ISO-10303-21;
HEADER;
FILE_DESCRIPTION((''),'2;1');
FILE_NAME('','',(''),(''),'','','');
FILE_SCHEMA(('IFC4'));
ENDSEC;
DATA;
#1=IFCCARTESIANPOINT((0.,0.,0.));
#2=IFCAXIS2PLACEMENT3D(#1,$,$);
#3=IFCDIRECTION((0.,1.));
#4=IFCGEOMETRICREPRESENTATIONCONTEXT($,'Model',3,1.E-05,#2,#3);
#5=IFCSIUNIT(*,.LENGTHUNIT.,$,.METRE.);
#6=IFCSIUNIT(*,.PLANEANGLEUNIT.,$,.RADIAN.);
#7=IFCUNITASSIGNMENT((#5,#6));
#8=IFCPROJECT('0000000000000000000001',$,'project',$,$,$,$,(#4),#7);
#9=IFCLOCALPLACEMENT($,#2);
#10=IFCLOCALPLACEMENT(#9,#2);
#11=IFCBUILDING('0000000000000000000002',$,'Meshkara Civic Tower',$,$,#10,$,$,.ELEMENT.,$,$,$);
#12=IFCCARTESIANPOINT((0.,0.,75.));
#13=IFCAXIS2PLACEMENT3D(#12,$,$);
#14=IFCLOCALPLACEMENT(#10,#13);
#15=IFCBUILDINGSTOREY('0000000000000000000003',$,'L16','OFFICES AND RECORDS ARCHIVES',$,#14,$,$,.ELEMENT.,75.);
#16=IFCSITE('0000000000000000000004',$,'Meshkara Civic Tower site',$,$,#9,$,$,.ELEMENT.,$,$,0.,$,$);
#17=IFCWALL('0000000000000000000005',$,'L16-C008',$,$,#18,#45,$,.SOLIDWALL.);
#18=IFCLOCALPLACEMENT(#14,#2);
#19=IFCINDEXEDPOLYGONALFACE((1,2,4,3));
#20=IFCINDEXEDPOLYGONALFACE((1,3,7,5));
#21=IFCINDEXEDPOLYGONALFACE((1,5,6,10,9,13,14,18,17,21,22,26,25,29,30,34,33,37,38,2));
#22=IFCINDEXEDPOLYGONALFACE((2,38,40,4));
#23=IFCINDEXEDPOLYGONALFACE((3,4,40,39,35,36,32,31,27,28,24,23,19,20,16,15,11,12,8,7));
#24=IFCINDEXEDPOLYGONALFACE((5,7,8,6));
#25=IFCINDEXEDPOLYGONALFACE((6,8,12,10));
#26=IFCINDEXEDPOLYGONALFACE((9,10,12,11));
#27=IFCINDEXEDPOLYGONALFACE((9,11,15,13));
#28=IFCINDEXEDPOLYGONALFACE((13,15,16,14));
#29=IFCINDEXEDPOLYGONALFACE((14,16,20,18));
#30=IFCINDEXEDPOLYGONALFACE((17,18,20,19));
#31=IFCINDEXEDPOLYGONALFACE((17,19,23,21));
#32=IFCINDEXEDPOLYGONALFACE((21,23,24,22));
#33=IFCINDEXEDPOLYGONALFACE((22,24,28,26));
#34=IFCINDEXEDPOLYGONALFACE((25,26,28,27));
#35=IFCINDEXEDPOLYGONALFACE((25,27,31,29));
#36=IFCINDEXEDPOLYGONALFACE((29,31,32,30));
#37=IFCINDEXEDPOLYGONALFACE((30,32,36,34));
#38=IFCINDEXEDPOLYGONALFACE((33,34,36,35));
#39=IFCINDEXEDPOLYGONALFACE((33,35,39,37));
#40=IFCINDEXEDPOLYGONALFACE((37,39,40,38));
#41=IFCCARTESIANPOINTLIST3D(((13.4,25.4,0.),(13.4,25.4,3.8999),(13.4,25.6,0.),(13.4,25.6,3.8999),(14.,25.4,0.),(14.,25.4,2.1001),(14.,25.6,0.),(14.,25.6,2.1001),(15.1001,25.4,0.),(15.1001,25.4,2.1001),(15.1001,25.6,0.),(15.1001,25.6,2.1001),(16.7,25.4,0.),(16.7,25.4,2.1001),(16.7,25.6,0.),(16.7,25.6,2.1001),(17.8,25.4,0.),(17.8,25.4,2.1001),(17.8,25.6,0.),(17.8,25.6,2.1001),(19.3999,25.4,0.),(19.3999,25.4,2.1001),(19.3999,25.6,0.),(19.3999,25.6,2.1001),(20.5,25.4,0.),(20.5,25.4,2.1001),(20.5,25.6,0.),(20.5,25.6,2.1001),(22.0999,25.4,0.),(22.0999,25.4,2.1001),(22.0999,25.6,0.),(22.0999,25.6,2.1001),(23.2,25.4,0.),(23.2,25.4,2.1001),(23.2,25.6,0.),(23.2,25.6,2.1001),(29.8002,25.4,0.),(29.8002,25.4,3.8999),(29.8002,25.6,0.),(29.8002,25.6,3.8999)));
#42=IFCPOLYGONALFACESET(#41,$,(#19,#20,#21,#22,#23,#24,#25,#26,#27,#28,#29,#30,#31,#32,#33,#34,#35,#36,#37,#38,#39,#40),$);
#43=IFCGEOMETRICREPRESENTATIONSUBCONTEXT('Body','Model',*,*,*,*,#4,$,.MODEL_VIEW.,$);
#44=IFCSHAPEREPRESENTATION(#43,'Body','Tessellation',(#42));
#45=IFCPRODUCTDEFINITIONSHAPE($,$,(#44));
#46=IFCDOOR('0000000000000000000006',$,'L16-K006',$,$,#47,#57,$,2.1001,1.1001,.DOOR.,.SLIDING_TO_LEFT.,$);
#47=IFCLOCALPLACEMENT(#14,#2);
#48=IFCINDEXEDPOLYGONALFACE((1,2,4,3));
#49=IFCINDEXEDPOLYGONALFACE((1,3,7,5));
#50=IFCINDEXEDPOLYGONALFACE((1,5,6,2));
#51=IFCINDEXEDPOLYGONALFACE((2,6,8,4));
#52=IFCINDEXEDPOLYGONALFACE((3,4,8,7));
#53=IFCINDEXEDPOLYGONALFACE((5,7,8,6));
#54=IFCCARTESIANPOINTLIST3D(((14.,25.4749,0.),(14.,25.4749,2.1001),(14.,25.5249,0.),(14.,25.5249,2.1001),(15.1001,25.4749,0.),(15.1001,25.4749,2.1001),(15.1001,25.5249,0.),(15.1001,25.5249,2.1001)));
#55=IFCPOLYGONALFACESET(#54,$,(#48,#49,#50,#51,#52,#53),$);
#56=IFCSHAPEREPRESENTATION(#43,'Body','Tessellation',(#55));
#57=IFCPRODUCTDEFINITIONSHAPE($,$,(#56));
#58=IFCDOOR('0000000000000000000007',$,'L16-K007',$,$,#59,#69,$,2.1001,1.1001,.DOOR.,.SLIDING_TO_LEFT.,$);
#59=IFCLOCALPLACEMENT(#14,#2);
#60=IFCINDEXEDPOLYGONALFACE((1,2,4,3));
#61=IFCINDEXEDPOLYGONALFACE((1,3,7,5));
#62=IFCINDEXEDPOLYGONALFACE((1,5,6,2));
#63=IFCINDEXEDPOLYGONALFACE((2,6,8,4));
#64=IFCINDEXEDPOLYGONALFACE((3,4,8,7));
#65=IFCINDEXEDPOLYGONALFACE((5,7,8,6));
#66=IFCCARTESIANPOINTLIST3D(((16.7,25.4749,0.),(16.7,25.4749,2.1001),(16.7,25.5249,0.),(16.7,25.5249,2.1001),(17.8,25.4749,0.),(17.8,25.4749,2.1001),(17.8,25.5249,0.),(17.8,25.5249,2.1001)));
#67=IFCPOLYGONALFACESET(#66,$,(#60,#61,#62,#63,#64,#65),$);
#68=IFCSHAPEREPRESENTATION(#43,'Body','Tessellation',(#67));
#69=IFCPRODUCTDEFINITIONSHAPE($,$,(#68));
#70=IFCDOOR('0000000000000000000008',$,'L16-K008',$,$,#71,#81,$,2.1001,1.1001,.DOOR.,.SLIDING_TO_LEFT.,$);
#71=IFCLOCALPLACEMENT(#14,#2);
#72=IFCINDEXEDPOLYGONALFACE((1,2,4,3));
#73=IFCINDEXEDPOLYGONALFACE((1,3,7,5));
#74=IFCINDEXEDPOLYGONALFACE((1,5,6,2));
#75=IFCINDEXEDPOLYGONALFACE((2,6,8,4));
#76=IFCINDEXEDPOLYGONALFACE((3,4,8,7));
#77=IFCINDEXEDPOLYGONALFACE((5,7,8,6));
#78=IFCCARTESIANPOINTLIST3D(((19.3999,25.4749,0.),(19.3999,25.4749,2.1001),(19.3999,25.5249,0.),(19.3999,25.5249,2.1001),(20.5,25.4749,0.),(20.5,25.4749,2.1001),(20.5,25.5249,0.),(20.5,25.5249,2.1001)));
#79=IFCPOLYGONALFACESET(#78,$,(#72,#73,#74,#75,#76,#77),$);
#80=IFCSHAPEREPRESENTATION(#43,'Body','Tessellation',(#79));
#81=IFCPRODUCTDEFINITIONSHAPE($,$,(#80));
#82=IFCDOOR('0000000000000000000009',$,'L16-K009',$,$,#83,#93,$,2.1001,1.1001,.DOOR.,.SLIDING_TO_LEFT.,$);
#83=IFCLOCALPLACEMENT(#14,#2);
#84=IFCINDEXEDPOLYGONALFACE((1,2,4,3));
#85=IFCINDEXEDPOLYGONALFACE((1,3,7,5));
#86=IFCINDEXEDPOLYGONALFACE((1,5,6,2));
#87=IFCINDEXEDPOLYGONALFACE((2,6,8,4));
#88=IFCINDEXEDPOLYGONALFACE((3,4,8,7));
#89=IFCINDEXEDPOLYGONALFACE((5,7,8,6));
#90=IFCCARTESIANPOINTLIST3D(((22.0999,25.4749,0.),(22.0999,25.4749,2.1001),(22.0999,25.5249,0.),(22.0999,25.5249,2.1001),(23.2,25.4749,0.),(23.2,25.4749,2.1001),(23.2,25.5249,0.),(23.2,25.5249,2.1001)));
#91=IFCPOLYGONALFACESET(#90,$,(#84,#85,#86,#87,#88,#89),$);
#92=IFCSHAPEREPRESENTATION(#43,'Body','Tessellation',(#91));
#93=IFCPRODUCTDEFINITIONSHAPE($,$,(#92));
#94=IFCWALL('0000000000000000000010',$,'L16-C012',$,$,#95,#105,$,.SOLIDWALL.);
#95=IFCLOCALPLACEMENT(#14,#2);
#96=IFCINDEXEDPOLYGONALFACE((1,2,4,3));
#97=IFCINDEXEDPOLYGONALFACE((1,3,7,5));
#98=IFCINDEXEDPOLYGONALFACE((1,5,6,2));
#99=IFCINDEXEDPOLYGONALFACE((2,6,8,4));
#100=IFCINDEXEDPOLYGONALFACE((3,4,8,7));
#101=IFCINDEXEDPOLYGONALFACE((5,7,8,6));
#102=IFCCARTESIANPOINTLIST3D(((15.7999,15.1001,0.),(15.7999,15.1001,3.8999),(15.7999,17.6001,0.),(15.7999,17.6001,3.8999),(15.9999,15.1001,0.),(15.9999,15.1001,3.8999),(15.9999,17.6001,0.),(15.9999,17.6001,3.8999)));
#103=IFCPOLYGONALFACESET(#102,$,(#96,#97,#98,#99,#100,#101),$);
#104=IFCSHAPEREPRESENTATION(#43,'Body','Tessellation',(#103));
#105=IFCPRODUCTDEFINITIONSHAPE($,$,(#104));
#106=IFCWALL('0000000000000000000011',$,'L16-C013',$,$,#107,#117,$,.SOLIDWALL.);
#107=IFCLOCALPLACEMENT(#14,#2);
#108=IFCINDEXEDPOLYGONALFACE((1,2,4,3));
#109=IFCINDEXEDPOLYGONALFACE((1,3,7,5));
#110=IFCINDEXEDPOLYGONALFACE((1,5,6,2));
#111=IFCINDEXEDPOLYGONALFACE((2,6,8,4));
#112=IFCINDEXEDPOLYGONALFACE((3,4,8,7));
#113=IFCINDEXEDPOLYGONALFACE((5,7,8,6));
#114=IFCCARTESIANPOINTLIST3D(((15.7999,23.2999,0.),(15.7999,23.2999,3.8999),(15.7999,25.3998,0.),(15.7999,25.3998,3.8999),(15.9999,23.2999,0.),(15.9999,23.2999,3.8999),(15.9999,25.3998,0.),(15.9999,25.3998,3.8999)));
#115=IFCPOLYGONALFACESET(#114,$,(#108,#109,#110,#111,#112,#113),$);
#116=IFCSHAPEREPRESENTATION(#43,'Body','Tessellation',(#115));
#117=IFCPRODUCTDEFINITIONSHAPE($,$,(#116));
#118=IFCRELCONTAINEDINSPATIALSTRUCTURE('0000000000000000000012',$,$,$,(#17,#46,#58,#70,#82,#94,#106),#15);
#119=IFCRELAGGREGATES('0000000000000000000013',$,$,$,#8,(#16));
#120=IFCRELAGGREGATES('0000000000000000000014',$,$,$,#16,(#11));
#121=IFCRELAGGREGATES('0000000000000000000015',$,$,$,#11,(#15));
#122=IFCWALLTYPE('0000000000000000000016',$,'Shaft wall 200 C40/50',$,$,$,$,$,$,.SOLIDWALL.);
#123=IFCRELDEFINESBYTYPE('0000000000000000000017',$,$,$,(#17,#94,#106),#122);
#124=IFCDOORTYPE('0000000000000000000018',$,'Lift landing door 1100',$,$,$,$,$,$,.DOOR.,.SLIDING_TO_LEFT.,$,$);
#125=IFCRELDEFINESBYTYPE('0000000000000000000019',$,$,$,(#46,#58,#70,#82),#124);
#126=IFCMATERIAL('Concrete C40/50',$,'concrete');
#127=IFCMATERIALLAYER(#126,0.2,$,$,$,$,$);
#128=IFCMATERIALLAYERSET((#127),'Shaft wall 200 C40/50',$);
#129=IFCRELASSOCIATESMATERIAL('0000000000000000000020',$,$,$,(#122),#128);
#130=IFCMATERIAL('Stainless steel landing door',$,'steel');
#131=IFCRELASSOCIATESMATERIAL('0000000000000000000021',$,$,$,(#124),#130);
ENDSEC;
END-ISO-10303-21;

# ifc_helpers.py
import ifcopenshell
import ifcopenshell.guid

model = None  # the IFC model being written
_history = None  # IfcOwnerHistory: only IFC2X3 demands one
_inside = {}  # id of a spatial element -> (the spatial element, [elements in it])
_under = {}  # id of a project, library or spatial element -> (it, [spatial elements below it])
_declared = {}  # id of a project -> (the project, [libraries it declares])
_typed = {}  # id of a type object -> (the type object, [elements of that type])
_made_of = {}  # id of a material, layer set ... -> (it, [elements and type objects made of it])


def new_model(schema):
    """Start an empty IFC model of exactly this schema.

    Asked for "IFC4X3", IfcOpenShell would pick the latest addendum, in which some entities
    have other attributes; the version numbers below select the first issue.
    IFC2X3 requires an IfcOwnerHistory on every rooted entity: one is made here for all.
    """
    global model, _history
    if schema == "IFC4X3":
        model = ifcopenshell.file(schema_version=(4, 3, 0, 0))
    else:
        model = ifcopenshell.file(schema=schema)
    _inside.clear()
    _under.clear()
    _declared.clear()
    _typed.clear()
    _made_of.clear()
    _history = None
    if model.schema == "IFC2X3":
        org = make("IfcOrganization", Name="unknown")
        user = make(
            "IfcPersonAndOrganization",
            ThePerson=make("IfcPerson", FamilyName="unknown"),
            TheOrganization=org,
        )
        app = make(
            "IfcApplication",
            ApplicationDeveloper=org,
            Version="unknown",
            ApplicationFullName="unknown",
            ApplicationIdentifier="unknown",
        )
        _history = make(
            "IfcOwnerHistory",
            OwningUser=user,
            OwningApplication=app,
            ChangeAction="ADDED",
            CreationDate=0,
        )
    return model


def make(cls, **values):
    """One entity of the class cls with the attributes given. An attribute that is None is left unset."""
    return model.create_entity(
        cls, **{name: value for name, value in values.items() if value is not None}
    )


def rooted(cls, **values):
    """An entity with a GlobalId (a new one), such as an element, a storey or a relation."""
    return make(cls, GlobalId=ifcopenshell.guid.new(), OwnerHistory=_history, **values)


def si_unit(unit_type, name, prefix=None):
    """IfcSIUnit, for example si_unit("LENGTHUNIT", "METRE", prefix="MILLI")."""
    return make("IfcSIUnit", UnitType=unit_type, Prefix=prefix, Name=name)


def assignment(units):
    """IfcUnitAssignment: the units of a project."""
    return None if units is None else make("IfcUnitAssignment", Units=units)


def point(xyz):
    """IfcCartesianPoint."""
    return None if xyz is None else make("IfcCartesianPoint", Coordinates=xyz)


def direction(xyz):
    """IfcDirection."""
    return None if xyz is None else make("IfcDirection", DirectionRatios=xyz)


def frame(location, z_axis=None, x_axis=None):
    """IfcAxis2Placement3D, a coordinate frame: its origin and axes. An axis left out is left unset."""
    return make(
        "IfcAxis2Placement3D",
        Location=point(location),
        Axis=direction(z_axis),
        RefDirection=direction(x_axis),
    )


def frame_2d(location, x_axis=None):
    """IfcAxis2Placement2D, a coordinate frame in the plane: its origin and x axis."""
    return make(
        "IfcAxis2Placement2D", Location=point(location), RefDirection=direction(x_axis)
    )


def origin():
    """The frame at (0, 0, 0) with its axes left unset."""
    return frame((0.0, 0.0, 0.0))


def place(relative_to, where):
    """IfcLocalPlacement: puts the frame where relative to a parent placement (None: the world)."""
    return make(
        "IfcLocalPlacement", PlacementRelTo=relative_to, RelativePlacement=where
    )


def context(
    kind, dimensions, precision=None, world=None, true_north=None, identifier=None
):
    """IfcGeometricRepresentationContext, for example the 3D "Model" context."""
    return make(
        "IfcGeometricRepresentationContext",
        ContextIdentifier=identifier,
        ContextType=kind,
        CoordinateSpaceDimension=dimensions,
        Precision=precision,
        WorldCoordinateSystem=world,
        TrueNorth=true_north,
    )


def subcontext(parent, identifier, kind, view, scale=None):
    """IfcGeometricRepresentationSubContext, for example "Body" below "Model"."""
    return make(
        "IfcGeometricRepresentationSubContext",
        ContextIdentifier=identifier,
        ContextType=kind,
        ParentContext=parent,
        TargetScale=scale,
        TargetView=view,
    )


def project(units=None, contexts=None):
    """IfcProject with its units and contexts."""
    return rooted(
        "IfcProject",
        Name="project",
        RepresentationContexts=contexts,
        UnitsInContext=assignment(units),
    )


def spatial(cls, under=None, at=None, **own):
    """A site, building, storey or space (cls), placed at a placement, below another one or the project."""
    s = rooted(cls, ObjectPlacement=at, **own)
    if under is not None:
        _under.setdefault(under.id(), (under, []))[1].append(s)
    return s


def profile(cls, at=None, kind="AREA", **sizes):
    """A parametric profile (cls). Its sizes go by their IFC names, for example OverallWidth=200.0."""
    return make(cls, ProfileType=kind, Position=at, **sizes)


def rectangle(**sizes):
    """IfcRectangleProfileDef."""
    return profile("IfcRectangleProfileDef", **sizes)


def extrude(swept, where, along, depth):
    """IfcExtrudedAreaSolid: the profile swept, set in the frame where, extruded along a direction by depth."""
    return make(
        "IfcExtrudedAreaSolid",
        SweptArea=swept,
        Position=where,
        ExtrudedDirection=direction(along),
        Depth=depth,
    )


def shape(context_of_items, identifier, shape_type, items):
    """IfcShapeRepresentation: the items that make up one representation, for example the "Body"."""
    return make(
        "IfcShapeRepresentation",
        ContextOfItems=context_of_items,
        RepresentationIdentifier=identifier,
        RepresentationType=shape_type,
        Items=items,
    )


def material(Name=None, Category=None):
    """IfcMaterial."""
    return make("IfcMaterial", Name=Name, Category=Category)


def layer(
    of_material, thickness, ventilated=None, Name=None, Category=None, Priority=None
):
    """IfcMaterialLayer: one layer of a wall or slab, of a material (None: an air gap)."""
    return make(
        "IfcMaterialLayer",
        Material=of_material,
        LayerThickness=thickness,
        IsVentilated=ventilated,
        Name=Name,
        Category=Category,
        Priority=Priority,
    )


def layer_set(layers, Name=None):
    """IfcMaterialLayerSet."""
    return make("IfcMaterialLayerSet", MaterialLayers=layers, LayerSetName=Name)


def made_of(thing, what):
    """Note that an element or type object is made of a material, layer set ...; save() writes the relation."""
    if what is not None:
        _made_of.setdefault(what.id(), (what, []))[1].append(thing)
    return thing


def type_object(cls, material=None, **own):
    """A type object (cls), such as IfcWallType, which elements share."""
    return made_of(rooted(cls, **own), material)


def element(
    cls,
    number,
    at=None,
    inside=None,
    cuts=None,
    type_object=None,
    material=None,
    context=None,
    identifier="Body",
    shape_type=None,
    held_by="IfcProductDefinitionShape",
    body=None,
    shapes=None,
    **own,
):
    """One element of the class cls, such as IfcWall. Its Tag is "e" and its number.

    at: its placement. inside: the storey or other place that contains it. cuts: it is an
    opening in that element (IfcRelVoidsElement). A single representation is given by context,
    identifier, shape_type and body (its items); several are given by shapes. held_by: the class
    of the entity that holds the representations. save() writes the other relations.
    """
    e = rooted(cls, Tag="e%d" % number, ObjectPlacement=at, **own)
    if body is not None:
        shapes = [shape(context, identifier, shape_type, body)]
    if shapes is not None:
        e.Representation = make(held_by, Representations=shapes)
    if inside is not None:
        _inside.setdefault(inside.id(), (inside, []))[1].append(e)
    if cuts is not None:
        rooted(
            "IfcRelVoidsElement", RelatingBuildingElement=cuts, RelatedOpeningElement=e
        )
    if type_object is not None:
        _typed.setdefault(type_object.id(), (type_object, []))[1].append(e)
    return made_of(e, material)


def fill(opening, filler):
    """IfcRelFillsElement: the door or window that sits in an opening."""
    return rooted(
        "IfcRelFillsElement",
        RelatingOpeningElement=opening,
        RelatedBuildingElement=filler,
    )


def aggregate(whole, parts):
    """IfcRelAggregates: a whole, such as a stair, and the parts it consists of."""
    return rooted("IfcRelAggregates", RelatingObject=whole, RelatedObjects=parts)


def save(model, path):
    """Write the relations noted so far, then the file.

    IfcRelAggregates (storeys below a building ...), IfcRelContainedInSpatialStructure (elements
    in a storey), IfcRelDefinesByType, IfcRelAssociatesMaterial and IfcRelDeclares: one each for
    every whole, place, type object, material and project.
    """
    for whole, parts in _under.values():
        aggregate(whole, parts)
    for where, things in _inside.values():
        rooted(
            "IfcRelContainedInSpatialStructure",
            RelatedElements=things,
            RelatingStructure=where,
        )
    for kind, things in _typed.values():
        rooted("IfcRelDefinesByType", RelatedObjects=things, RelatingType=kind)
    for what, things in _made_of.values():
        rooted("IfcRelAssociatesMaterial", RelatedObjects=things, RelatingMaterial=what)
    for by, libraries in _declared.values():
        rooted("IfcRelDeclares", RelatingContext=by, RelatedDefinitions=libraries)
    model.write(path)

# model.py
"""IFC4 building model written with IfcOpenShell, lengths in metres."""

from ifc_helpers import new_model, si_unit, direction, frame, frame_2d, origin, place, context, subcontext, project, spatial, rectangle, extrude, material, layer, layer_set, type_object, element, fill, save


model = new_model("IFC4")

# Units and contexts
model_context = context("Model", 3, precision=1e-05, world=origin(), true_north=direction((0.0, 1.0)))
body_context = subcontext(model_context, "Body", "Model", "MODEL_VIEW")
ifc_project = project(units=[si_unit("LENGTHUNIT", "METRE"), si_unit("PLANEANGLEUNIT", "RADIAN")], contexts=[model_context])

# Site, building, storey
site_placement = place(None, origin())
site = spatial("IfcSite", under=ifc_project, at=site_placement, Name="Meshkara Civic Tower site", CompositionType="ELEMENT", RefElevation=0.0)
building_placement = place(site_placement, origin())
building = spatial("IfcBuilding", under=site, at=building_placement, Name="Meshkara Civic Tower", CompositionType="ELEMENT")
storey_placement = place(building_placement, frame((0.0, 0.0, 75.0)))
storey = spatial("IfcBuildingStorey", under=building, at=storey_placement, Name="L16", Description="OFFICES AND RECORDS ARCHIVES", CompositionType="ELEMENT", Elevation=75.0)

# Wall, openings, doors
ifc_material_1 = material(Name="Concrete C40/50", Category="concrete")
ifc_layer_1 = layer(ifc_material_1, 0.2)
ifc_layer_set_1 = layer_set([ifc_layer_1], Name="Shaft wall 200 C40/50")
wall_type_1 = type_object("IfcWallType", Name="Shaft wall 200 C40/50", PredefinedType="SOLIDWALL", material=ifc_layer_set_1)
ifc_material_2 = material(Name="Stainless steel landing door", Category="steel")
door_type_1 = type_object("IfcDoorType", Name="Lift landing door 1100", OperationType="SLIDING_TO_LEFT", PredefinedType="DOOR", material=ifc_material_2)
wall_1_placement = place(storey_placement, frame((13.3999, 25.5, 0.0), z_axis=(0.0, 0.0, 1.0), x_axis=(1.0, 0.0, 0.0)))
wall_1 = element("IfcWall", 1, at=wall_1_placement, inside=storey, type_object=wall_type_1, Name="L16-C008", PredefinedType="SOLIDWALL", context=body_context, shape_type="SweptSolid", body=[
    extrude(rectangle(XDim=16.4001, YDim=0.2, at=frame_2d((8.2002, 0.0))), origin(), (0.0, 0.0, 1.0), 3.8999),
])
opening_1_placement = place(wall_1_placement, frame((0.6001, 0.0, 0.0)))
opening_1 = element("IfcOpeningElement", 2, at=opening_1_placement, cuts=wall_1, PredefinedType="OPENING", context=body_context, shape_type="SweptSolid", body=[
    extrude(rectangle(XDim=1.1001, YDim=2.1001, at=frame_2d((0.55, 1.05))), frame((0.0, 0.1099, 0.0), z_axis=(0.0, -1.0, 0.0), x_axis=(1.0, 0.0, 0.0)), (0.0, 0.0, 1.0), 0.22),
])
opening_2_placement = place(wall_1_placement, frame((3.3, 0.0, 0.0)))
opening_2 = element("IfcOpeningElement", 3, at=opening_2_placement, cuts=wall_1, PredefinedType="OPENING", context=body_context, shape_type="SweptSolid", body=[
    extrude(rectangle(XDim=1.1001, YDim=2.1001, at=frame_2d((0.55, 1.05))), frame((0.0, 0.1099, 0.0), z_axis=(0.0, -1.0, 0.0), x_axis=(1.0, 0.0, 0.0)), (0.0, 0.0, 1.0), 0.22),
])
opening_3_placement = place(wall_1_placement, frame((6.0, 0.0, 0.0)))
opening_3 = element("IfcOpeningElement", 4, at=opening_3_placement, cuts=wall_1, PredefinedType="OPENING", context=body_context, shape_type="SweptSolid", body=[
    extrude(rectangle(XDim=1.1001, YDim=2.1001, at=frame_2d((0.55, 1.05))), frame((0.0, 0.1099, 0.0), z_axis=(0.0, -1.0, 0.0), x_axis=(1.0, 0.0, 0.0)), (0.0, 0.0, 1.0), 0.22),
])
opening_4_placement = place(wall_1_placement, frame((8.7, 0.0, 0.0)))
opening_4 = element("IfcOpeningElement", 5, at=opening_4_placement, cuts=wall_1, PredefinedType="OPENING", context=body_context, shape_type="SweptSolid", body=[
    extrude(rectangle(XDim=1.1001, YDim=2.1001, at=frame_2d((0.55, 1.05))), frame((0.0, 0.1099, 0.0), z_axis=(0.0, -1.0, 0.0), x_axis=(1.0, 0.0, 0.0)), (0.0, 0.0, 1.0), 0.22),
])
door_1_placement = place(opening_1_placement, origin())
door_1 = element("IfcDoor", 6, at=door_1_placement, inside=storey, type_object=door_type_1, Name="L16-K006", OperationType="SLIDING_TO_LEFT", OverallHeight=2.1001, OverallWidth=1.1001, PredefinedType="DOOR", context=body_context, shape_type="SweptSolid", body=[
    extrude(rectangle(XDim=1.1001, YDim=2.1001, at=frame_2d((0.55, 1.05))), frame((0.0, 0.0249, 0.0), z_axis=(0.0, -1.0, 0.0), x_axis=(1.0, 0.0, 0.0)), (0.0, 0.0, 1.0), 0.05),
])
fill(opening_1, door_1)
door_2_placement = place(opening_2_placement, origin())
door_2 = element("IfcDoor", 7, at=door_2_placement, inside=storey, type_object=door_type_1, Name="L16-K007", OperationType="SLIDING_TO_LEFT", OverallHeight=2.1001, OverallWidth=1.1001, PredefinedType="DOOR", context=body_context, shape_type="SweptSolid", body=[
    extrude(rectangle(XDim=1.1001, YDim=2.1001, at=frame_2d((0.55, 1.05))), frame((0.0, 0.0249, 0.0), z_axis=(0.0, -1.0, 0.0), x_axis=(1.0, 0.0, 0.0)), (0.0, 0.0, 1.0), 0.05),
])
fill(opening_2, door_2)
door_3_placement = place(opening_3_placement, origin())
door_3 = element("IfcDoor", 8, at=door_3_placement, inside=storey, type_object=door_type_1, Name="L16-K008", OperationType="SLIDING_TO_LEFT", OverallHeight=2.1001, OverallWidth=1.1001, PredefinedType="DOOR", context=body_context, shape_type="SweptSolid", body=[
    extrude(rectangle(XDim=1.1001, YDim=2.1001, at=frame_2d((0.55, 1.05))), frame((0.0, 0.0249, 0.0), z_axis=(0.0, -1.0, 0.0), x_axis=(1.0, 0.0, 0.0)), (0.0, 0.0, 1.0), 0.05),
])
fill(opening_3, door_3)
door_4_placement = place(opening_4_placement, origin())
door_4 = element("IfcDoor", 9, at=door_4_placement, inside=storey, type_object=door_type_1, Name="L16-K009", OperationType="SLIDING_TO_LEFT", OverallHeight=2.1001, OverallWidth=1.1001, PredefinedType="DOOR", context=body_context, shape_type="SweptSolid", body=[
    extrude(rectangle(XDim=1.1001, YDim=2.1001, at=frame_2d((0.55, 1.05))), frame((0.0, 0.0249, 0.0), z_axis=(0.0, -1.0, 0.0), x_axis=(1.0, 0.0, 0.0)), (0.0, 0.0, 1.0), 0.05),
])
fill(opening_4, door_4)

# Walls
wall_2_placement = place(storey_placement, frame((15.8999, 15.1001, 0.0), z_axis=(0.0, 0.0, 1.0), x_axis=(0.0, 1.0, 0.0)))
element("IfcWall", 10, at=wall_2_placement, inside=storey, type_object=wall_type_1, Name="L16-C012", PredefinedType="SOLIDWALL", context=body_context, shape_type="SweptSolid", body=[
    extrude(rectangle(XDim=2.5, YDim=0.2, at=frame_2d((1.25, 0.0))), origin(), (0.0, 0.0, 1.0), 3.8999),
])
wall_3_placement = place(storey_placement, frame((15.8999, 23.3, 0.0), z_axis=(0.0, 0.0, 1.0), x_axis=(0.0, 1.0, 0.0)))
element("IfcWall", 11, at=wall_3_placement, inside=storey, type_object=wall_type_1, Name="L16-C013", PredefinedType="SOLIDWALL", context=body_context, shape_type="SweptSolid", body=[
    extrude(rectangle(XDim=2.0999, YDim=0.2, at=frame_2d((1.0498, 0.0))), origin(), (0.0, 0.0, 1.0), 3.8999),
])

save(model, "model.ifc")
